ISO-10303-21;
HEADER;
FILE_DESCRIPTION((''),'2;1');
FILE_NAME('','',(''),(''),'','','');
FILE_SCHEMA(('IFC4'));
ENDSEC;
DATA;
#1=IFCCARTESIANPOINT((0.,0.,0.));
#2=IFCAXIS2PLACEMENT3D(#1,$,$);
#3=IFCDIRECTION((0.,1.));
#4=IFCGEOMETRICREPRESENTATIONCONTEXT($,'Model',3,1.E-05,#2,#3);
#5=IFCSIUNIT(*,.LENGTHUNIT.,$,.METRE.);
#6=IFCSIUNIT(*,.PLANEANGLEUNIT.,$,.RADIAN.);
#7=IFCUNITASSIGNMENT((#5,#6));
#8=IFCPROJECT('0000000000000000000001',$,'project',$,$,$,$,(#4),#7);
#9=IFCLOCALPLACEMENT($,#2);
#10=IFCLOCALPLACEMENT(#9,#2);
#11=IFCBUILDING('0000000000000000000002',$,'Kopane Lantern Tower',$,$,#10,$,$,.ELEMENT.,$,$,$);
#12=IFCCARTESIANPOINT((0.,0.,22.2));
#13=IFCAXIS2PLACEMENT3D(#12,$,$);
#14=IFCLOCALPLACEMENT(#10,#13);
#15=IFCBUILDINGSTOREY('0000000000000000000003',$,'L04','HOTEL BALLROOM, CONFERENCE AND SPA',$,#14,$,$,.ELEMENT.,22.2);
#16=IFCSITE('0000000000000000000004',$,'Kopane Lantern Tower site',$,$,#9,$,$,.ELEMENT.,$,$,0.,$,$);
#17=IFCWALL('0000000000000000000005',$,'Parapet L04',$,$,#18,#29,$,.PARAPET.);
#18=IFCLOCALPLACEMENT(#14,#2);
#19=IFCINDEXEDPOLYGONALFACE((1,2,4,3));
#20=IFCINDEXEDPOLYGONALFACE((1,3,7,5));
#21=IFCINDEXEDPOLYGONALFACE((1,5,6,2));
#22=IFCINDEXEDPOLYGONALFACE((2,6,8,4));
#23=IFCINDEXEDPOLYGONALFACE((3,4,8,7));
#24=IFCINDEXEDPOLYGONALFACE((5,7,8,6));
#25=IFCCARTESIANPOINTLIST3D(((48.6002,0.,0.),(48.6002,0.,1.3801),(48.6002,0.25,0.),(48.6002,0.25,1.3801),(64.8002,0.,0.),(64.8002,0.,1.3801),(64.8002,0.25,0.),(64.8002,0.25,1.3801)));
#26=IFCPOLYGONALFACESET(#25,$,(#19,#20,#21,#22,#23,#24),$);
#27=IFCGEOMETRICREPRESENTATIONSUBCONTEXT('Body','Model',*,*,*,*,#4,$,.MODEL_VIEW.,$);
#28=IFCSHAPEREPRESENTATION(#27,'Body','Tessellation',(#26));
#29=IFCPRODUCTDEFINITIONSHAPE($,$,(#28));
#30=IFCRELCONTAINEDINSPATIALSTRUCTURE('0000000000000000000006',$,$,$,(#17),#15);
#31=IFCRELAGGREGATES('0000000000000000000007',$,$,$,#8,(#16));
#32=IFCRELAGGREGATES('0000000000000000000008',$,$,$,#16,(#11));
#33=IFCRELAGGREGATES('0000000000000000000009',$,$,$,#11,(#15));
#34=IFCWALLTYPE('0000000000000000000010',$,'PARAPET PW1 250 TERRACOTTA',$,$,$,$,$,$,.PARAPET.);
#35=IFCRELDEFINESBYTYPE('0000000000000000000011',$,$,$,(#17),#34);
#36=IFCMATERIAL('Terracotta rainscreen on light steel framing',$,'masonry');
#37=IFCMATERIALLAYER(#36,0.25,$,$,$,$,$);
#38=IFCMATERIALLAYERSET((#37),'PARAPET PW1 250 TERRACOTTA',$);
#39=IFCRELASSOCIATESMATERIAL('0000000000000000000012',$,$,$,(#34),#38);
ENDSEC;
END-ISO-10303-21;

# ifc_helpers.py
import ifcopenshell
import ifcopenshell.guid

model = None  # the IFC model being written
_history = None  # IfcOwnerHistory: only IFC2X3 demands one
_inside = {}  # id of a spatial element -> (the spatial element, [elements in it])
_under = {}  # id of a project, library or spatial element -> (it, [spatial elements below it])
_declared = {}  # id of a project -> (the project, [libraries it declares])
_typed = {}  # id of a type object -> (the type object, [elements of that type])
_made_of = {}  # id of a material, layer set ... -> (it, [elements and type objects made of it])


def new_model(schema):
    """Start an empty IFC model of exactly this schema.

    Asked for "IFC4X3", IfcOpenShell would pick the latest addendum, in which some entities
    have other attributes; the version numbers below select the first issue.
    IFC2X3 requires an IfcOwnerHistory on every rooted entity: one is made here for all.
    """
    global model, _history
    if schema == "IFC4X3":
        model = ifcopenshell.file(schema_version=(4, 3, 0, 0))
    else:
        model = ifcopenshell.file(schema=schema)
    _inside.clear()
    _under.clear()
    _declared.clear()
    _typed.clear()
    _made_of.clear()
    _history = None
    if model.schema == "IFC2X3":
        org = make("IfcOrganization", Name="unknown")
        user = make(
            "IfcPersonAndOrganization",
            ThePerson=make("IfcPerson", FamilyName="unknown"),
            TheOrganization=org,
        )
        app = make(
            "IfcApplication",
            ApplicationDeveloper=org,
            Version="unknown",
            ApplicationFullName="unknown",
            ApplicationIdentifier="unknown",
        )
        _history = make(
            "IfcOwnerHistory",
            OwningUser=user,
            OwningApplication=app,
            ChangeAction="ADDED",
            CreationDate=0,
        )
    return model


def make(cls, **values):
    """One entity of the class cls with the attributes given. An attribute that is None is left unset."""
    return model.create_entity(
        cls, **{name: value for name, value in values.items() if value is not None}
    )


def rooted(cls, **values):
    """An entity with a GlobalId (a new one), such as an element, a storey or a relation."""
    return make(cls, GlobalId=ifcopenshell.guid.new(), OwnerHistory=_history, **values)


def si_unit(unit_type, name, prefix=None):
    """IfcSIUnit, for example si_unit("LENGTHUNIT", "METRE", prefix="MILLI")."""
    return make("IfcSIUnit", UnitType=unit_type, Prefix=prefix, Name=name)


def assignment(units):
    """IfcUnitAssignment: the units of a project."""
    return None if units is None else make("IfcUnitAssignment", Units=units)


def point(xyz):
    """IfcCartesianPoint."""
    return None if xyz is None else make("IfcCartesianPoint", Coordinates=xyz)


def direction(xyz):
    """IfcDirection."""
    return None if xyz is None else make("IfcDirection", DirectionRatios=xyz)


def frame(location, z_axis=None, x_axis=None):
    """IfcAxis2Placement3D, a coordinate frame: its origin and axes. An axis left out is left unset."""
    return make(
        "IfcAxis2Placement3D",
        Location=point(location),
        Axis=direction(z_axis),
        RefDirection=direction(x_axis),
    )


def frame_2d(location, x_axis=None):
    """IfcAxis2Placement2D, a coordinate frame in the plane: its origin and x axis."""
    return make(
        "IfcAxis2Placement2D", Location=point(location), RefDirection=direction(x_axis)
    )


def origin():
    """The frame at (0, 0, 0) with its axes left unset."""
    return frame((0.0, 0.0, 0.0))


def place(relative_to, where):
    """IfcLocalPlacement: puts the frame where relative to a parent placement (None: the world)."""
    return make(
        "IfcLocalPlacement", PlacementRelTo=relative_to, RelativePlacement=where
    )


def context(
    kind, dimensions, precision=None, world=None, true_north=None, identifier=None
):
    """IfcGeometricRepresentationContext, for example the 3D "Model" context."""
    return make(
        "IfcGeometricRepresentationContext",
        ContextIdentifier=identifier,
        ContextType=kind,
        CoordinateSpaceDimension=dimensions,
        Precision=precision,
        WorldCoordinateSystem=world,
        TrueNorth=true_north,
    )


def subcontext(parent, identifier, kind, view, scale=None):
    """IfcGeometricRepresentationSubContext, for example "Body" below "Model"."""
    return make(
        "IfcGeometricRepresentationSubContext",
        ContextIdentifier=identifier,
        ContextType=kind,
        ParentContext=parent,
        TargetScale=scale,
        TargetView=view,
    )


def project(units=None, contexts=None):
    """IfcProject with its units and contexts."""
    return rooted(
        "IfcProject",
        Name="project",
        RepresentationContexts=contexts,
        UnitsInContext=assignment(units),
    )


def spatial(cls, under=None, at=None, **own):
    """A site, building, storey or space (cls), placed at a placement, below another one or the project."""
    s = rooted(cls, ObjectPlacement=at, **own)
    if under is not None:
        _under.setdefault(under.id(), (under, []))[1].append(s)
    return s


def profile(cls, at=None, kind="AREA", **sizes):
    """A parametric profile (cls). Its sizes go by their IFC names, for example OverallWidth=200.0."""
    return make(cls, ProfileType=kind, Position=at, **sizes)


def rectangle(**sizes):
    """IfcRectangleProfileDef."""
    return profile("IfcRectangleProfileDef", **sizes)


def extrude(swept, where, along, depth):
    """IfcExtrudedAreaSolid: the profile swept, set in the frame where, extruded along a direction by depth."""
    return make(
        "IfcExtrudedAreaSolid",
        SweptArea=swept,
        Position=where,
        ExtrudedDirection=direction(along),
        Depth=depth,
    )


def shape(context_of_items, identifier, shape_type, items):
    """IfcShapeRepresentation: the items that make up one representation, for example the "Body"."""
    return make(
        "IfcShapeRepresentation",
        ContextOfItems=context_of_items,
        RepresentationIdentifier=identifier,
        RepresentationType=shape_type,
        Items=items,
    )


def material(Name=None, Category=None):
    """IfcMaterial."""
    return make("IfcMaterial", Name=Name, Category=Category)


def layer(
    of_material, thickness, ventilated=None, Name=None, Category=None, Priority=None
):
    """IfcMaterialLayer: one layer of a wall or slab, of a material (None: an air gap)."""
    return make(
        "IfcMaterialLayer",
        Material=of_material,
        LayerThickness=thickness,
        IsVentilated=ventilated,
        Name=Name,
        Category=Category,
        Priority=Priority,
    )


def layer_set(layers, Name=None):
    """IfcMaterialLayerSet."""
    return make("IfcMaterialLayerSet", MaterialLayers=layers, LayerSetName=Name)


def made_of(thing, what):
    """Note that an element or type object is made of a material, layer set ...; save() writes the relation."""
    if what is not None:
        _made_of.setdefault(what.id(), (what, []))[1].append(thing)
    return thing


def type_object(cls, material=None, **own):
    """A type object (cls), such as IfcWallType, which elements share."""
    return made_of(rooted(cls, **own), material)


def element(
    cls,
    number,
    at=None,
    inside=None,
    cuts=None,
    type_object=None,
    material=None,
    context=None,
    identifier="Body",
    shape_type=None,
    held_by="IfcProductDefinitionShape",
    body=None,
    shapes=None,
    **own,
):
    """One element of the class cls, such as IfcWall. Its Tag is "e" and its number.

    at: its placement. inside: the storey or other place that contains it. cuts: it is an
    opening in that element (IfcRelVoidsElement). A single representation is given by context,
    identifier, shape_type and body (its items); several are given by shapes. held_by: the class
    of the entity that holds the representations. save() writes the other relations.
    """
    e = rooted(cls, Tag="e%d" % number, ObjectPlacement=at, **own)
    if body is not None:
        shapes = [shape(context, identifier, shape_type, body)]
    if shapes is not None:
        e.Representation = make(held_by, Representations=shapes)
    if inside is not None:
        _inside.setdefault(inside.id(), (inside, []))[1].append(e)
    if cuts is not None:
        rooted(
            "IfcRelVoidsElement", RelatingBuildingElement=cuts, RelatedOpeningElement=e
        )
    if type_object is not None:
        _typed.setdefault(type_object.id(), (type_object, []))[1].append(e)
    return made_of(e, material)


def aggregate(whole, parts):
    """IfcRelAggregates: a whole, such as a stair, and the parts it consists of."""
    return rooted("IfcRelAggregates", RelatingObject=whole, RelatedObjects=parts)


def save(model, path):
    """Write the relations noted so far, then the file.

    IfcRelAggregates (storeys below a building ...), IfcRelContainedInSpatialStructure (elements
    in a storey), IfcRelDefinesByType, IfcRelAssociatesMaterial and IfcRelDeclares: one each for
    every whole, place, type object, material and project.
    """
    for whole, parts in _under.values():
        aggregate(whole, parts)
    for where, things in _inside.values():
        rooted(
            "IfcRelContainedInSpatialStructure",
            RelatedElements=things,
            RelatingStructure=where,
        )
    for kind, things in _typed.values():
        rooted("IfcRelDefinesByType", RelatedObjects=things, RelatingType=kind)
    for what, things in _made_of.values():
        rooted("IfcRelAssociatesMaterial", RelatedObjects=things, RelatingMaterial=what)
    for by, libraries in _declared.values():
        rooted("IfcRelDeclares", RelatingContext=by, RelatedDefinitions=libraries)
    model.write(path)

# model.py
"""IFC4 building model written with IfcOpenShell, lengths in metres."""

from ifc_helpers import new_model, si_unit, direction, frame, frame_2d, origin, place, context, subcontext, project, spatial, rectangle, extrude, material, layer, layer_set, type_object, element, save


model = new_model("IFC4")

# Units and contexts
model_context = context("Model", 3, precision=1e-05, world=origin(), true_north=direction((0.0, 1.0)))
body_context = subcontext(model_context, "Body", "Model", "MODEL_VIEW")
ifc_project = project(units=[si_unit("LENGTHUNIT", "METRE"), si_unit("PLANEANGLEUNIT", "RADIAN")], contexts=[model_context])

# Site, building, storey
site_placement = place(None, origin())
site = spatial("IfcSite", under=ifc_project, at=site_placement, Name="Kopane Lantern Tower site", CompositionType="ELEMENT", RefElevation=0.0)
building_placement = place(site_placement, origin())
building = spatial("IfcBuilding", under=site, at=building_placement, Name="Kopane Lantern Tower", CompositionType="ELEMENT")
storey_placement = place(building_placement, frame((0.0, 0.0, 22.2)))
storey = spatial("IfcBuildingStorey", under=building, at=storey_placement, Name="L04", Description="HOTEL BALLROOM, CONFERENCE AND SPA", CompositionType="ELEMENT", Elevation=22.2)

# Wall
ifc_material_1 = material(Name="Terracotta rainscreen on light steel framing", Category="masonry")
ifc_layer_1 = layer(ifc_material_1, 0.25)
ifc_layer_set_1 = layer_set([ifc_layer_1], Name="PARAPET PW1 250 TERRACOTTA")
wall_type_1 = type_object("IfcWallType", Name="PARAPET PW1 250 TERRACOTTA", PredefinedType="PARAPET", material=ifc_layer_set_1)
wall_1_placement = place(storey_placement, frame((48.6001, 0.125, 0.0), z_axis=(0.0, 0.0, 1.0), x_axis=(1.0, 0.0, 0.0)))
element("IfcWall", 1, at=wall_1_placement, inside=storey, type_object=wall_type_1, Name="Parapet L04", PredefinedType="PARAPET", context=body_context, shape_type="SweptSolid", body=[
    extrude(rectangle(XDim=16.2, YDim=0.25, at=frame_2d((8.1001, 0.0))), origin(), (0.0, 0.0, 1.0), 1.3801),
])

save(model, "model.ifc")
